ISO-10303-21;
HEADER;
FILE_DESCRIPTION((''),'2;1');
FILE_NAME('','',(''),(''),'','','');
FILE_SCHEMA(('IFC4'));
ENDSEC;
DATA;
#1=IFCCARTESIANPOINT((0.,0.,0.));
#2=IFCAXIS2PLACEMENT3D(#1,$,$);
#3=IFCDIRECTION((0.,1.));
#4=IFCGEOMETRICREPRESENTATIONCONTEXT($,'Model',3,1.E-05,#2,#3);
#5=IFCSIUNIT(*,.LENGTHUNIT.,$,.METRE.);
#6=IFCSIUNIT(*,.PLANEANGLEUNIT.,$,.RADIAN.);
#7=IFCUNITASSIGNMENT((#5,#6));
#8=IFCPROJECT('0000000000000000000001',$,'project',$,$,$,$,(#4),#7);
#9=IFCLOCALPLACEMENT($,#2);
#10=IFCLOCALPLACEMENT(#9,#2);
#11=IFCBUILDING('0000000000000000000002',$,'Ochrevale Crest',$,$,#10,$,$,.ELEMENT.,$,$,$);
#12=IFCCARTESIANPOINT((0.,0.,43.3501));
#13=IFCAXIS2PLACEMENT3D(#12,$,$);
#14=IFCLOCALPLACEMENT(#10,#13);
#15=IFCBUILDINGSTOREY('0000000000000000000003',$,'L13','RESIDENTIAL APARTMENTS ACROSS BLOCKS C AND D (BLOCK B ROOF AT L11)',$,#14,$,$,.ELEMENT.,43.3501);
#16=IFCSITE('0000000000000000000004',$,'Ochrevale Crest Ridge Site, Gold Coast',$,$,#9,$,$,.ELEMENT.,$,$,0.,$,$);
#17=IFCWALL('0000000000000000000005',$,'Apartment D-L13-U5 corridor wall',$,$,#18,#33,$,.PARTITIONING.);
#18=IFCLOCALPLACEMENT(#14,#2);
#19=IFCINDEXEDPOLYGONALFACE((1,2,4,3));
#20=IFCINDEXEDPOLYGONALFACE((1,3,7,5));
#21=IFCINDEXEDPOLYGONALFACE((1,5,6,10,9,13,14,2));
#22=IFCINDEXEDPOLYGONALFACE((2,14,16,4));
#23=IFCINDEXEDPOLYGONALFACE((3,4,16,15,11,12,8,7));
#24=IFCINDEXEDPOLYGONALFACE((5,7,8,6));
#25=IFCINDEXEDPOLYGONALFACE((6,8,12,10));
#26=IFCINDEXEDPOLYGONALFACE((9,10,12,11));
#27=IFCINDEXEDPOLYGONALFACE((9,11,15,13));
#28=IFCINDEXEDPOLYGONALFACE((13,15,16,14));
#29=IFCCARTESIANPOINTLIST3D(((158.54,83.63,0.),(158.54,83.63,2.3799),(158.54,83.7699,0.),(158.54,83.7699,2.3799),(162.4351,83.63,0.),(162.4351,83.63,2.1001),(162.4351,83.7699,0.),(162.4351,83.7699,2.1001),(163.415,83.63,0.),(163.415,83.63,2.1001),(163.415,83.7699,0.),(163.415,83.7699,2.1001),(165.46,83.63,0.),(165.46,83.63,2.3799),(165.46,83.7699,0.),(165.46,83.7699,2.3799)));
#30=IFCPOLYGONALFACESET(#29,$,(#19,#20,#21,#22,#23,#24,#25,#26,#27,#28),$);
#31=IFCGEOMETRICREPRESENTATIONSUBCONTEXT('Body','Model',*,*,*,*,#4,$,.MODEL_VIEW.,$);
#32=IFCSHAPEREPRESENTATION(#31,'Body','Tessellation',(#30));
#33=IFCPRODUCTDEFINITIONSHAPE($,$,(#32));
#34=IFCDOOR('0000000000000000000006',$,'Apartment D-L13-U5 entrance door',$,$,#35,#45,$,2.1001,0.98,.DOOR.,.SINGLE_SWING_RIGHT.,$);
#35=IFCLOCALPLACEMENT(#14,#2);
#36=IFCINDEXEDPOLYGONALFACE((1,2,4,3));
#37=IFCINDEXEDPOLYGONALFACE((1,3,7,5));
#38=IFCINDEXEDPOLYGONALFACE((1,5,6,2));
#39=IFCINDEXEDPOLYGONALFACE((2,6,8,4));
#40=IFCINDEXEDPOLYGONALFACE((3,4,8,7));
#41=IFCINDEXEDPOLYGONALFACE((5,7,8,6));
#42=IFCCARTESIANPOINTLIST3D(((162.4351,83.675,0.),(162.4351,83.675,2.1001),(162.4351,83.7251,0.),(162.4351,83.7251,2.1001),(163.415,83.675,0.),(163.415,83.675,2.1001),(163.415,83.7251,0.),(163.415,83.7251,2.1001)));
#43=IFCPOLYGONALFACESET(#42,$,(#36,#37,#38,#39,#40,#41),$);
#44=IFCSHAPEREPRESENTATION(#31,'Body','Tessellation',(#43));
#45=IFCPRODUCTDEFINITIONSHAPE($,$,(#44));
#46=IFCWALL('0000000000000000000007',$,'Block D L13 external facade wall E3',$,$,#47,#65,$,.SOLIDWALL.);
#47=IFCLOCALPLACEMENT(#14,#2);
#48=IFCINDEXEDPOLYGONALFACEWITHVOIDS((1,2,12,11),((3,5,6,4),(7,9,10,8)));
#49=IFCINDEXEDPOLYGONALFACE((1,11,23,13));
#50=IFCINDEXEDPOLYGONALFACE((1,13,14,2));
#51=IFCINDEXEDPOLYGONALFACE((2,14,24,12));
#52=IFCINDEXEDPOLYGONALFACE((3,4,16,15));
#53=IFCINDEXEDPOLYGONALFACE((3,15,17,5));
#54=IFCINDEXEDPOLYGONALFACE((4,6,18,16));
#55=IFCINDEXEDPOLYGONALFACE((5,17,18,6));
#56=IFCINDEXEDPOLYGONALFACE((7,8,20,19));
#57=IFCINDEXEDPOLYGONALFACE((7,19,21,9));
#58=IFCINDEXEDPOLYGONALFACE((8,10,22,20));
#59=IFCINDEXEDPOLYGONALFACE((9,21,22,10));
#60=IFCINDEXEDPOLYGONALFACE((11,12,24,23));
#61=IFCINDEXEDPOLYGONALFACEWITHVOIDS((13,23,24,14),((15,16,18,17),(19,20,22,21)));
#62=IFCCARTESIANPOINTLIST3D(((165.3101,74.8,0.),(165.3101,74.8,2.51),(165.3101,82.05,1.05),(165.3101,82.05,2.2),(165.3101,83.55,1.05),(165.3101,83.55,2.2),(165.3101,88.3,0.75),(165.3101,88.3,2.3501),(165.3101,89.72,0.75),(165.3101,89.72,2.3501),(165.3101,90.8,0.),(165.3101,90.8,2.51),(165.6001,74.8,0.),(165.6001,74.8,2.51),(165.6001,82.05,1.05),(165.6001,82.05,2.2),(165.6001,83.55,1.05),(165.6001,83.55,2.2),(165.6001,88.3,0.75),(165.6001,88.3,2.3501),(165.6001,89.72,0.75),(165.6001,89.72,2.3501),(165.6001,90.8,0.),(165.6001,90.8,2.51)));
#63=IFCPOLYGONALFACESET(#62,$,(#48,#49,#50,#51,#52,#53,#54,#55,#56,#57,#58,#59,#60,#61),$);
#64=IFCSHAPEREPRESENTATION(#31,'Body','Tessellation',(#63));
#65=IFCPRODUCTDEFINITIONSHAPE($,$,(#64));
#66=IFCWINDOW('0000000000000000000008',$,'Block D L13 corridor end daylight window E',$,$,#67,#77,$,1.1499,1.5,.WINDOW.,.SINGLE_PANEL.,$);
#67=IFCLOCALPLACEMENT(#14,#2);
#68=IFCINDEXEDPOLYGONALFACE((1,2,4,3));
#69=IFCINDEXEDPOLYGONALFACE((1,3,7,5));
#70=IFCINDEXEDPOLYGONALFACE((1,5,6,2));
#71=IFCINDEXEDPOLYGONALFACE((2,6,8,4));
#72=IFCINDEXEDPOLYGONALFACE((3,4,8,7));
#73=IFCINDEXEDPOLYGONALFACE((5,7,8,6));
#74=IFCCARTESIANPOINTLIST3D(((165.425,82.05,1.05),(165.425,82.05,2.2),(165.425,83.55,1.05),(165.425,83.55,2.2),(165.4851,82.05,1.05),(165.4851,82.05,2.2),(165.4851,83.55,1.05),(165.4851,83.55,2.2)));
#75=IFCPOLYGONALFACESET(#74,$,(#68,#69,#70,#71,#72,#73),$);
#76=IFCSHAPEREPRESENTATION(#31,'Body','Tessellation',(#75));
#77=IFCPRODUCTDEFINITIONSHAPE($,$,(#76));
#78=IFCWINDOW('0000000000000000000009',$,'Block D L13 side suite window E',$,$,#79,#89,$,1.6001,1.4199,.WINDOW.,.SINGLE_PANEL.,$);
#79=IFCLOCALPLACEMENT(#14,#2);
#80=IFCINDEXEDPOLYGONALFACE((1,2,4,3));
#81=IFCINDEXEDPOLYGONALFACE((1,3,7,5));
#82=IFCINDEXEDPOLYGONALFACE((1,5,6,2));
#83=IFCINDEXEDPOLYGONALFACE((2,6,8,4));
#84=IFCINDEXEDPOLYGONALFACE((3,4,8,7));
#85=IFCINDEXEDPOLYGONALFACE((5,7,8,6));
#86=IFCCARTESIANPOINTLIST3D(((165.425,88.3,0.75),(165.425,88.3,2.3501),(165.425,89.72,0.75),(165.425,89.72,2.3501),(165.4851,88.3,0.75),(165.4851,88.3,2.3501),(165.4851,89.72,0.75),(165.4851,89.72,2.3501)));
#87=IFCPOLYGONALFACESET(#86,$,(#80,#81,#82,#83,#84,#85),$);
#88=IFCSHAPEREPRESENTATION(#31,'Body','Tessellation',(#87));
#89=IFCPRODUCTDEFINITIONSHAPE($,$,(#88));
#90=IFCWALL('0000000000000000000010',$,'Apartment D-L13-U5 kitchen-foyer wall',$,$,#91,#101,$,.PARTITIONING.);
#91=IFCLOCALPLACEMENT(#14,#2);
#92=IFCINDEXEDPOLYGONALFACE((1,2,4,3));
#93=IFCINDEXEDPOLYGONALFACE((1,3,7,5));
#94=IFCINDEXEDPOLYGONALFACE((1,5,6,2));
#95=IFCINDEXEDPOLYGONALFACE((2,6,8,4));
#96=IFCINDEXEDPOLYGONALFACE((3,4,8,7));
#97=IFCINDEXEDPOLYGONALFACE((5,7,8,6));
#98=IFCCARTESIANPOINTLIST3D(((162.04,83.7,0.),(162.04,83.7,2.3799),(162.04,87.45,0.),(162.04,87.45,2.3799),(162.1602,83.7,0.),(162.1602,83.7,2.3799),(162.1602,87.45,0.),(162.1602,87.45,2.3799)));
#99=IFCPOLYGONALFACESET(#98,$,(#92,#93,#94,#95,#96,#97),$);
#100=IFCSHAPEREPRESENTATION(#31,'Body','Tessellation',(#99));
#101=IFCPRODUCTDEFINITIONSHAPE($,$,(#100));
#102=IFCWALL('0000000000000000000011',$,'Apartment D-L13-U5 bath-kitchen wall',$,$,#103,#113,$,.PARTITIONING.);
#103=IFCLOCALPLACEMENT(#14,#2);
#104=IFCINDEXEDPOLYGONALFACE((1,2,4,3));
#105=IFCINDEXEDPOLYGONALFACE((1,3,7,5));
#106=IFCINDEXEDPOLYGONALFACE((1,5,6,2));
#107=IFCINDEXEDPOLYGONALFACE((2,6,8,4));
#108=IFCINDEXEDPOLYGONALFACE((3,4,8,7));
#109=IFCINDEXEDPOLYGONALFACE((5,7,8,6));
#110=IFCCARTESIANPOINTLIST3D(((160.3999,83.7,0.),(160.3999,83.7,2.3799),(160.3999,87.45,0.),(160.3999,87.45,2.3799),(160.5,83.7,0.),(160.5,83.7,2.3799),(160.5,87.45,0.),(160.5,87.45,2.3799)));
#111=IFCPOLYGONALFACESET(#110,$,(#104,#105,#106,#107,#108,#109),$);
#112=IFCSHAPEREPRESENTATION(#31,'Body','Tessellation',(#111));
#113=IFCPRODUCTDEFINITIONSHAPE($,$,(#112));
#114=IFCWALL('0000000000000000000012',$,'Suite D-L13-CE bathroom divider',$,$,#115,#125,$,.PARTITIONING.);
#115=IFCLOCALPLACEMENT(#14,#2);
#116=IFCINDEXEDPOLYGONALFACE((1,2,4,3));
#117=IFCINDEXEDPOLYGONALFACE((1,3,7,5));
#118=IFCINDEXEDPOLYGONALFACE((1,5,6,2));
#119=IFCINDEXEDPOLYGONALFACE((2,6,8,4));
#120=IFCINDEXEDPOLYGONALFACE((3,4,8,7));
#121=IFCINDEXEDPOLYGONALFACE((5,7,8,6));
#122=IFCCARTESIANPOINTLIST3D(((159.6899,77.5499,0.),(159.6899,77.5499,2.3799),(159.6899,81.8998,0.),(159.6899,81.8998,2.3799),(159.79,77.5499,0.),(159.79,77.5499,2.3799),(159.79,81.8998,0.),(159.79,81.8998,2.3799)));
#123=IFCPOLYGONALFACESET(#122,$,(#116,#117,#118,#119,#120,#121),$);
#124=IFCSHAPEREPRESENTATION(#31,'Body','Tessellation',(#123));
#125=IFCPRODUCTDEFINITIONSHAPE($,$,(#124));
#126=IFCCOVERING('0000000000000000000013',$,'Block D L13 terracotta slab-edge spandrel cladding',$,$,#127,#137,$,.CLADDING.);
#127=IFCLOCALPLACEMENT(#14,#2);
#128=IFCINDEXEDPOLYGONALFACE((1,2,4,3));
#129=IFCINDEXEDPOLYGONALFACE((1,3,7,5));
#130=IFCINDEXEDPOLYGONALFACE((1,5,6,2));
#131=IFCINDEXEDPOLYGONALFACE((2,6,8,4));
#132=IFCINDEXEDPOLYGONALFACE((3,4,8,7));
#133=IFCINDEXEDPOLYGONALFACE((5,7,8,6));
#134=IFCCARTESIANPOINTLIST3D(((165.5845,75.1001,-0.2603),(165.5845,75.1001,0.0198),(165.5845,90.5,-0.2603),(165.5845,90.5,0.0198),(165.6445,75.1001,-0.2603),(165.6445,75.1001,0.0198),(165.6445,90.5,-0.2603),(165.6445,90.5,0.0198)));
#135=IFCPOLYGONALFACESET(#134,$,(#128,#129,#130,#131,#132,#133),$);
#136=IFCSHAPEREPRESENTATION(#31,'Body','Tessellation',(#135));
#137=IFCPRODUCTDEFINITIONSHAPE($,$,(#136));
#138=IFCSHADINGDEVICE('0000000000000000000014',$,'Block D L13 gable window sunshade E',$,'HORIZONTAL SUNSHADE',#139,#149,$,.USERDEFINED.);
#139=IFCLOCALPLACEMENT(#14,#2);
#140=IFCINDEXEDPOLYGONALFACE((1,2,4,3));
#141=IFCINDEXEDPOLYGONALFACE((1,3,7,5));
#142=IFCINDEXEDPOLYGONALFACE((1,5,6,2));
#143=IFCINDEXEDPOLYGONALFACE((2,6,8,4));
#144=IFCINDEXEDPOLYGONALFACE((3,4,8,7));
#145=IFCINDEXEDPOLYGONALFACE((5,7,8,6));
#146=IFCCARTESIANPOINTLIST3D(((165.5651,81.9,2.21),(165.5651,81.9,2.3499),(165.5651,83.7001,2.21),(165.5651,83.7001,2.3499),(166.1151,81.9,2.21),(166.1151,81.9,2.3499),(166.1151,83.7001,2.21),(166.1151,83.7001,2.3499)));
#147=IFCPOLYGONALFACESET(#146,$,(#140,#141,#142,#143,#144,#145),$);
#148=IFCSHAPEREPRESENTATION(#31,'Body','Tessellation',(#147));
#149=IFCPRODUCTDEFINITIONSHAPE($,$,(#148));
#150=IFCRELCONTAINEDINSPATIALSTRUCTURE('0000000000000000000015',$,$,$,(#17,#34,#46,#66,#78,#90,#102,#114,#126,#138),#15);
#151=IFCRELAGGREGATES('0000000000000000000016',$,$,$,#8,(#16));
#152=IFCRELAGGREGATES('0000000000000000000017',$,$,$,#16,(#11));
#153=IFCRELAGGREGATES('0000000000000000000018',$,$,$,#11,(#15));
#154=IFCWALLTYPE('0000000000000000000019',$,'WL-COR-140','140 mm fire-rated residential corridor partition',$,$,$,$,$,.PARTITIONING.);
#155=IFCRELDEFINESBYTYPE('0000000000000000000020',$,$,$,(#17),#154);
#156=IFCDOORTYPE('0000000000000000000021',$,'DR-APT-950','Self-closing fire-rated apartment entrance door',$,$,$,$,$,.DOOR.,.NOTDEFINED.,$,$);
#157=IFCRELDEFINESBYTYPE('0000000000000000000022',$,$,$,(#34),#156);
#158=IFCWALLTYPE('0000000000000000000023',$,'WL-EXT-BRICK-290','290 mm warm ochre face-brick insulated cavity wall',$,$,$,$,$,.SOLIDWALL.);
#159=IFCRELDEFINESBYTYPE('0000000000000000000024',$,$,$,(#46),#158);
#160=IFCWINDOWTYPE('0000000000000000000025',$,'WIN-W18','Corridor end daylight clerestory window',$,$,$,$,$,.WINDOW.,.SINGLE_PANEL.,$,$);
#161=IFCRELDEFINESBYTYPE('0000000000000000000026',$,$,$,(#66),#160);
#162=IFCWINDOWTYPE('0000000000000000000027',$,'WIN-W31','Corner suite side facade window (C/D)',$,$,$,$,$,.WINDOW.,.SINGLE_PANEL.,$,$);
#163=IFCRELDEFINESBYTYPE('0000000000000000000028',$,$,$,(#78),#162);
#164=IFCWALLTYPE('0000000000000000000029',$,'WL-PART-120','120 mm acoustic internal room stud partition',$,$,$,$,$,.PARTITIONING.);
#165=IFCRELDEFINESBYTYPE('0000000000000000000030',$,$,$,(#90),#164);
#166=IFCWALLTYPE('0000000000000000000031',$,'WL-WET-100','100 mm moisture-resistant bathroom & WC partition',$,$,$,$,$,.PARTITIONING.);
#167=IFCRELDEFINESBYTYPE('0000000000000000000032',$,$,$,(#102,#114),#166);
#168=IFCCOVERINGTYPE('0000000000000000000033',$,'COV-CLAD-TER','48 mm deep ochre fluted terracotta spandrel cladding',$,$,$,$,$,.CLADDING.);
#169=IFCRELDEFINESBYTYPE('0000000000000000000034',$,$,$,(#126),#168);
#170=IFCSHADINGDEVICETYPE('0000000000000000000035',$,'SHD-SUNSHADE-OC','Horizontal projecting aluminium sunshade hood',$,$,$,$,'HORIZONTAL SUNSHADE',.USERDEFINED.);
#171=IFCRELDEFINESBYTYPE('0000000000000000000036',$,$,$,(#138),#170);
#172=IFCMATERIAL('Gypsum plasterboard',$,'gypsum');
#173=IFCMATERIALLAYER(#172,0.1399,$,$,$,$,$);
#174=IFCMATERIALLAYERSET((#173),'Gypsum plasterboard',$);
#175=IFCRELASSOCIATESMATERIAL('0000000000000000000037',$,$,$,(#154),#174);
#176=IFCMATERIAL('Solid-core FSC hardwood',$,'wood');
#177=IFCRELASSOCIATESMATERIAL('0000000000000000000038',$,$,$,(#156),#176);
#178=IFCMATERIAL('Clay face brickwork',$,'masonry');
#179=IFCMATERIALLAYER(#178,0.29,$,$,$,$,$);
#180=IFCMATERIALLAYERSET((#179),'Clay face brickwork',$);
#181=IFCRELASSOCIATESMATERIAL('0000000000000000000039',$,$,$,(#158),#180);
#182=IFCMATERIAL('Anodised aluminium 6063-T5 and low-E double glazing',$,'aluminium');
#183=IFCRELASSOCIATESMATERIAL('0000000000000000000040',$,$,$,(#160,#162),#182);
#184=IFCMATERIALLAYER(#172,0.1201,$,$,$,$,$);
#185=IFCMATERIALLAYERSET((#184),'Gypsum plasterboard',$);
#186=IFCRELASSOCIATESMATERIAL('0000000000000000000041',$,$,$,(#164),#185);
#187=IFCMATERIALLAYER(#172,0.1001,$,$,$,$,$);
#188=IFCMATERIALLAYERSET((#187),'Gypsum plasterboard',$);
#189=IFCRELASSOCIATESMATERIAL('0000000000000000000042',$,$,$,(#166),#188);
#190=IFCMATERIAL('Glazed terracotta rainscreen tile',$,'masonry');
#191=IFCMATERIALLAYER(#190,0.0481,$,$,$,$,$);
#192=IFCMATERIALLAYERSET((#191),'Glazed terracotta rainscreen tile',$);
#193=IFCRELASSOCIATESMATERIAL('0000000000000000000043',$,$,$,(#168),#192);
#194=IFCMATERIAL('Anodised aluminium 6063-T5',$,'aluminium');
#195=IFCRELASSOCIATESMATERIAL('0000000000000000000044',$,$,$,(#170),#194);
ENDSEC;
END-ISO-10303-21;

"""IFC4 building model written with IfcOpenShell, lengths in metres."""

from ifc_helpers import new_model, si_unit, direction, frame, frame_2d, origin, origin_2d, place, context, subcontext, project, spatial, rectangle, extrude, material, layer, layer_set, type_object, element, fill, save


model = new_model("IFC4")

# Units and contexts
model_context = context("Model", 3, precision=1e-05, world=origin(), true_north=direction((0.0, 1.0)))
body_context = subcontext(model_context, "Body", "Model", "MODEL_VIEW")
ifc_project = project(units=[si_unit("LENGTHUNIT", "METRE"), si_unit("PLANEANGLEUNIT", "RADIAN")], contexts=[model_context])

# Site, building, storey
site_placement = place(None, origin())
site = spatial("IfcSite", under=ifc_project, at=site_placement, Name="Ochrevale Crest Ridge Site, Gold Coast", CompositionType="ELEMENT", RefElevation=0.0)
building_placement = place(site_placement, origin())
building = spatial("IfcBuilding", under=site, at=building_placement, Name="Ochrevale Crest", CompositionType="ELEMENT")
storey_placement = place(building_placement, frame((0.0, 0.0, 43.3501)))
storey = spatial("IfcBuildingStorey", under=building, at=storey_placement, Name="L13", Description="RESIDENTIAL APARTMENTS ACROSS BLOCKS C AND D (BLOCK B ROOF AT L11)", CompositionType="ELEMENT", Elevation=43.3501)

# Shared definitions
ifc_material_1 = material(Name="Anodised aluminium 6063-T5", Category="aluminium")

# Wall, opening, door
ifc_material_2 = material(Name="Gypsum plasterboard", Category="gypsum")
ifc_layer_1 = layer(ifc_material_2, 0.1399)
ifc_layer_set_1 = layer_set([ifc_layer_1], Name="Gypsum plasterboard")
wall_type_1 = type_object("IfcWallType", Name="WL-COR-140", Description="140 mm fire-rated residential corridor partition", PredefinedType="PARTITIONING", material=ifc_layer_set_1)
wall_1_placement = place(storey_placement, frame((158.54, 83.7, 0.0), z_axis=(0.0, 0.0, 1.0), x_axis=(1.0, 0.0, 0.0)))
wall_1 = element("IfcWall", 1, at=wall_1_placement, inside=storey, type_object=wall_type_1, Name="Apartment D-L13-U5 corridor wall", PredefinedType="PARTITIONING", context=body_context, shape_type="SweptSolid", body=[
    extrude(rectangle(XDim=6.9199, YDim=0.1399, at=frame_2d((3.46, 0.0))), origin(), (0.0, 0.0, 1.0), 2.3799),
])
opening_1_placement = place(wall_1_placement, frame((4.875, 0.0, 0.0), z_axis=(0.0, 0.0, 1.0), x_axis=(-1.0, 0.0, 0.0)))
opening_1 = element("IfcOpeningElement", 2, at=opening_1_placement, cuts=wall_1, PredefinedType="OPENING", context=body_context, shape_type="SweptSolid", body=[
    extrude(rectangle(XDim=0.98, YDim=2.1001, at=frame_2d((0.49, 1.05))), frame((0.0, 0.0801, 0.0), z_axis=(0.0, -1.0, 0.0), x_axis=(1.0, 0.0, 0.0)), (0.0, 0.0, 1.0), 0.1599),
])
ifc_material_3 = material(Name="Solid-core FSC hardwood", Category="wood")
door_type = type_object("IfcDoorType", Name="DR-APT-950", Description="Self-closing fire-rated apartment entrance door", OperationType="NOTDEFINED", PredefinedType="DOOR", material=ifc_material_3)
door_placement = place(opening_1_placement, origin())
door = element("IfcDoor", 3, at=door_placement, inside=storey, type_object=door_type, Name="Apartment D-L13-U5 entrance door", OperationType="SINGLE_SWING_RIGHT", OverallHeight=2.1001, OverallWidth=0.98, PredefinedType="DOOR", context=body_context, shape_type="SweptSolid", body=[
    extrude(rectangle(XDim=0.98, YDim=2.1001, at=frame_2d((0.49, 1.05))), frame((0.0, 0.0249, 0.0), z_axis=(0.0, -1.0, 0.0), x_axis=(1.0, 0.0, 0.0)), (0.0, 0.0, 1.0), 0.05),
])
fill(opening_1, door)

# Wall, openings, windows
ifc_material_4 = material(Name="Clay face brickwork", Category="masonry")
ifc_layer_2 = layer(ifc_material_4, 0.29)
ifc_layer_set_2 = layer_set([ifc_layer_2], Name="Clay face brickwork")
wall_type_2 = type_object("IfcWallType", Name="WL-EXT-BRICK-290", Description="290 mm warm ochre face-brick insulated cavity wall", PredefinedType="SOLIDWALL", material=ifc_layer_set_2)
wall_2_placement = place(storey_placement, frame((165.4551, 74.8, 0.0), z_axis=(0.0, 0.0, 1.0), x_axis=(0.0, 1.0, 0.0)))
wall_2 = element("IfcWall", 4, at=wall_2_placement, inside=storey, type_object=wall_type_2, Name="Block D L13 external facade wall E3", PredefinedType="SOLIDWALL", context=body_context, shape_type="SweptSolid", body=[
    extrude(rectangle(XDim=16.0, YDim=0.29, at=frame_2d((8.0, 0.0))), origin(), (0.0, 0.0, 1.0), 2.51),
])
opening_2_placement = place(wall_2_placement, frame((7.25, 0.0, 1.05)))
opening_2 = element("IfcOpeningElement", 5, at=opening_2_placement, cuts=wall_2, PredefinedType="OPENING", context=body_context, shape_type="SweptSolid", body=[
    extrude(rectangle(XDim=1.5, YDim=1.1499, at=frame_2d((0.75, 0.575))), frame((0.0, 0.155, 0.0), z_axis=(0.0, -1.0, 0.0), x_axis=(1.0, 0.0, 0.0)), (0.0, 0.0, 1.0), 0.3101),
])
opening_3_placement = place(wall_2_placement, frame((13.5, 0.0, 0.75)))
opening_3 = element("IfcOpeningElement", 6, at=opening_3_placement, cuts=wall_2, PredefinedType="OPENING", context=body_context, shape_type="SweptSolid", body=[
    extrude(rectangle(XDim=1.4199, YDim=1.6001, at=frame_2d((0.71, 0.8))), frame((0.0, 0.155, 0.0), z_axis=(0.0, -1.0, 0.0), x_axis=(1.0, 0.0, 0.0)), (0.0, 0.0, 1.0), 0.3101),
])
ifc_material_5 = material(Name="Anodised aluminium 6063-T5 and low-E double glazing", Category="aluminium")
window_type_1 = type_object("IfcWindowType", Name="WIN-W18", Description="Corridor end daylight clerestory window", PartitioningType="SINGLE_PANEL", PredefinedType="WINDOW", material=ifc_material_5)
window_1_placement = place(opening_2_placement, origin())
window_1 = element("IfcWindow", 7, at=window_1_placement, inside=storey, type_object=window_type_1, Name="Block D L13 corridor end daylight window E", OverallHeight=1.1499, OverallWidth=1.5, PartitioningType="SINGLE_PANEL", PredefinedType="WINDOW", context=body_context, shape_type="SweptSolid", body=[
    extrude(rectangle(XDim=1.5, YDim=1.1499, at=frame_2d((0.75, 0.575))), frame((0.0, 0.03, 0.0), z_axis=(0.0, -1.0, 0.0), x_axis=(1.0, 0.0, 0.0)), (0.0, 0.0, 1.0), 0.0601),
])
fill(opening_2, window_1)
window_type_2 = type_object("IfcWindowType", Name="WIN-W31", Description="Corner suite side facade window (C/D)", PartitioningType="SINGLE_PANEL", PredefinedType="WINDOW", material=ifc_material_5)
window_2_placement = place(opening_3_placement, origin())
window_2 = element("IfcWindow", 8, at=window_2_placement, inside=storey, type_object=window_type_2, Name="Block D L13 side suite window E", OverallHeight=1.6001, OverallWidth=1.4199, PartitioningType="SINGLE_PANEL", PredefinedType="WINDOW", context=body_context, shape_type="SweptSolid", body=[
    extrude(rectangle(XDim=1.4199, YDim=1.6001, at=frame_2d((0.71, 0.8))), frame((0.0, 0.03, 0.0), z_axis=(0.0, -1.0, 0.0), x_axis=(1.0, 0.0, 0.0)), (0.0, 0.0, 1.0), 0.0601),
])
fill(opening_3, window_2)

# Walls
ifc_layer_3 = layer(ifc_material_2, 0.1201)
ifc_layer_set_3 = layer_set([ifc_layer_3], Name="Gypsum plasterboard")
wall_type_3 = type_object("IfcWallType", Name="WL-PART-120", Description="120 mm acoustic internal room stud partition", PredefinedType="PARTITIONING", material=ifc_layer_set_3)
wall_3_placement = place(storey_placement, frame((162.1001, 83.7, 0.0), z_axis=(0.0, 0.0, 1.0), x_axis=(0.0, 1.0, 0.0)))
element("IfcWall", 9, at=wall_3_placement, inside=storey, type_object=wall_type_3, Name="Apartment D-L13-U5 kitchen-foyer wall", PredefinedType="PARTITIONING", context=body_context, shape_type="SweptSolid", body=[
    extrude(rectangle(XDim=3.75, YDim=0.1201, at=frame_2d((1.875, 0.0))), origin(), (0.0, 0.0, 1.0), 2.3799),
])
ifc_layer_4 = layer(ifc_material_2, 0.1001)
ifc_layer_set_4 = layer_set([ifc_layer_4], Name="Gypsum plasterboard")
wall_type_4 = type_object("IfcWallType", Name="WL-WET-100", Description="100 mm moisture-resistant bathroom & WC partition", PredefinedType="PARTITIONING", material=ifc_layer_set_4)
wall_4_placement = place(storey_placement, frame((160.45, 83.7, 0.0), z_axis=(0.0, 0.0, 1.0), x_axis=(0.0, 1.0, 0.0)))
element("IfcWall", 10, at=wall_4_placement, inside=storey, type_object=wall_type_4, Name="Apartment D-L13-U5 bath-kitchen wall", PredefinedType="PARTITIONING", context=body_context, shape_type="SweptSolid", body=[
    extrude(rectangle(XDim=3.75, YDim=0.1001, at=frame_2d((1.875, 0.0))), origin(), (0.0, 0.0, 1.0), 2.3799),
])
wall_5_placement = place(storey_placement, frame((159.74, 77.55, 0.0), z_axis=(0.0, 0.0, 1.0), x_axis=(0.0, 1.0, 0.0)))
element("IfcWall", 11, at=wall_5_placement, inside=storey, type_object=wall_type_4, Name="Suite D-L13-CE bathroom divider", PredefinedType="PARTITIONING", context=body_context, shape_type="SweptSolid", body=[
    extrude(rectangle(XDim=4.3499, YDim=0.1001, at=frame_2d((2.1748, 0.0))), origin(), (0.0, 0.0, 1.0), 2.3799),
])

# Covering
ifc_material_6 = material(Name="Glazed terracotta rainscreen tile", Category="masonry")
ifc_layer_5 = layer(ifc_material_6, 0.0481)
ifc_layer_set_5 = layer_set([ifc_layer_5], Name="Glazed terracotta rainscreen tile")
covering_type = type_object("IfcCoveringType", Name="COV-CLAD-TER", Description="48 mm deep ochre fluted terracotta spandrel cladding", PredefinedType="CLADDING", material=ifc_layer_set_5)
covering_placement = place(storey_placement, frame((165.6145, 82.8, -0.2603), z_axis=(0.0, 0.0, 1.0), x_axis=(0.0, 1.0, 0.0)))
element("IfcCovering", 12, at=covering_placement, inside=storey, type_object=covering_type, Name="Block D L13 terracotta slab-edge spandrel cladding", PredefinedType="CLADDING", context=body_context, shape_type="SweptSolid", body=[
    extrude(rectangle(XDim=15.3999, YDim=0.0601, at=origin_2d()), origin(), (0.0, 0.0, 1.0), 0.28),
])

# Shading device
shading_device_type = type_object("IfcShadingDeviceType", Name="SHD-SUNSHADE-OC", Description="Horizontal projecting aluminium sunshade hood", ElementType="HORIZONTAL SUNSHADE", PredefinedType="USERDEFINED", material=ifc_material_1)
shading_device_placement = place(storey_placement, frame((165.8401, 82.8, 2.21), z_axis=(0.0, 0.0, 1.0), x_axis=(1.0, 0.0, 0.0)))
element("IfcShadingDevice", 13, at=shading_device_placement, inside=storey, type_object=shading_device_type, Name="Block D L13 gable window sunshade E", ObjectType="HORIZONTAL SUNSHADE", PredefinedType="USERDEFINED", context=body_context, shape_type="SweptSolid", body=[
    extrude(rectangle(XDim=0.55, YDim=1.8, at=origin_2d()), origin(), (0.0, 0.0, 1.0), 0.1399),
])

save(model, "model.ifc")
